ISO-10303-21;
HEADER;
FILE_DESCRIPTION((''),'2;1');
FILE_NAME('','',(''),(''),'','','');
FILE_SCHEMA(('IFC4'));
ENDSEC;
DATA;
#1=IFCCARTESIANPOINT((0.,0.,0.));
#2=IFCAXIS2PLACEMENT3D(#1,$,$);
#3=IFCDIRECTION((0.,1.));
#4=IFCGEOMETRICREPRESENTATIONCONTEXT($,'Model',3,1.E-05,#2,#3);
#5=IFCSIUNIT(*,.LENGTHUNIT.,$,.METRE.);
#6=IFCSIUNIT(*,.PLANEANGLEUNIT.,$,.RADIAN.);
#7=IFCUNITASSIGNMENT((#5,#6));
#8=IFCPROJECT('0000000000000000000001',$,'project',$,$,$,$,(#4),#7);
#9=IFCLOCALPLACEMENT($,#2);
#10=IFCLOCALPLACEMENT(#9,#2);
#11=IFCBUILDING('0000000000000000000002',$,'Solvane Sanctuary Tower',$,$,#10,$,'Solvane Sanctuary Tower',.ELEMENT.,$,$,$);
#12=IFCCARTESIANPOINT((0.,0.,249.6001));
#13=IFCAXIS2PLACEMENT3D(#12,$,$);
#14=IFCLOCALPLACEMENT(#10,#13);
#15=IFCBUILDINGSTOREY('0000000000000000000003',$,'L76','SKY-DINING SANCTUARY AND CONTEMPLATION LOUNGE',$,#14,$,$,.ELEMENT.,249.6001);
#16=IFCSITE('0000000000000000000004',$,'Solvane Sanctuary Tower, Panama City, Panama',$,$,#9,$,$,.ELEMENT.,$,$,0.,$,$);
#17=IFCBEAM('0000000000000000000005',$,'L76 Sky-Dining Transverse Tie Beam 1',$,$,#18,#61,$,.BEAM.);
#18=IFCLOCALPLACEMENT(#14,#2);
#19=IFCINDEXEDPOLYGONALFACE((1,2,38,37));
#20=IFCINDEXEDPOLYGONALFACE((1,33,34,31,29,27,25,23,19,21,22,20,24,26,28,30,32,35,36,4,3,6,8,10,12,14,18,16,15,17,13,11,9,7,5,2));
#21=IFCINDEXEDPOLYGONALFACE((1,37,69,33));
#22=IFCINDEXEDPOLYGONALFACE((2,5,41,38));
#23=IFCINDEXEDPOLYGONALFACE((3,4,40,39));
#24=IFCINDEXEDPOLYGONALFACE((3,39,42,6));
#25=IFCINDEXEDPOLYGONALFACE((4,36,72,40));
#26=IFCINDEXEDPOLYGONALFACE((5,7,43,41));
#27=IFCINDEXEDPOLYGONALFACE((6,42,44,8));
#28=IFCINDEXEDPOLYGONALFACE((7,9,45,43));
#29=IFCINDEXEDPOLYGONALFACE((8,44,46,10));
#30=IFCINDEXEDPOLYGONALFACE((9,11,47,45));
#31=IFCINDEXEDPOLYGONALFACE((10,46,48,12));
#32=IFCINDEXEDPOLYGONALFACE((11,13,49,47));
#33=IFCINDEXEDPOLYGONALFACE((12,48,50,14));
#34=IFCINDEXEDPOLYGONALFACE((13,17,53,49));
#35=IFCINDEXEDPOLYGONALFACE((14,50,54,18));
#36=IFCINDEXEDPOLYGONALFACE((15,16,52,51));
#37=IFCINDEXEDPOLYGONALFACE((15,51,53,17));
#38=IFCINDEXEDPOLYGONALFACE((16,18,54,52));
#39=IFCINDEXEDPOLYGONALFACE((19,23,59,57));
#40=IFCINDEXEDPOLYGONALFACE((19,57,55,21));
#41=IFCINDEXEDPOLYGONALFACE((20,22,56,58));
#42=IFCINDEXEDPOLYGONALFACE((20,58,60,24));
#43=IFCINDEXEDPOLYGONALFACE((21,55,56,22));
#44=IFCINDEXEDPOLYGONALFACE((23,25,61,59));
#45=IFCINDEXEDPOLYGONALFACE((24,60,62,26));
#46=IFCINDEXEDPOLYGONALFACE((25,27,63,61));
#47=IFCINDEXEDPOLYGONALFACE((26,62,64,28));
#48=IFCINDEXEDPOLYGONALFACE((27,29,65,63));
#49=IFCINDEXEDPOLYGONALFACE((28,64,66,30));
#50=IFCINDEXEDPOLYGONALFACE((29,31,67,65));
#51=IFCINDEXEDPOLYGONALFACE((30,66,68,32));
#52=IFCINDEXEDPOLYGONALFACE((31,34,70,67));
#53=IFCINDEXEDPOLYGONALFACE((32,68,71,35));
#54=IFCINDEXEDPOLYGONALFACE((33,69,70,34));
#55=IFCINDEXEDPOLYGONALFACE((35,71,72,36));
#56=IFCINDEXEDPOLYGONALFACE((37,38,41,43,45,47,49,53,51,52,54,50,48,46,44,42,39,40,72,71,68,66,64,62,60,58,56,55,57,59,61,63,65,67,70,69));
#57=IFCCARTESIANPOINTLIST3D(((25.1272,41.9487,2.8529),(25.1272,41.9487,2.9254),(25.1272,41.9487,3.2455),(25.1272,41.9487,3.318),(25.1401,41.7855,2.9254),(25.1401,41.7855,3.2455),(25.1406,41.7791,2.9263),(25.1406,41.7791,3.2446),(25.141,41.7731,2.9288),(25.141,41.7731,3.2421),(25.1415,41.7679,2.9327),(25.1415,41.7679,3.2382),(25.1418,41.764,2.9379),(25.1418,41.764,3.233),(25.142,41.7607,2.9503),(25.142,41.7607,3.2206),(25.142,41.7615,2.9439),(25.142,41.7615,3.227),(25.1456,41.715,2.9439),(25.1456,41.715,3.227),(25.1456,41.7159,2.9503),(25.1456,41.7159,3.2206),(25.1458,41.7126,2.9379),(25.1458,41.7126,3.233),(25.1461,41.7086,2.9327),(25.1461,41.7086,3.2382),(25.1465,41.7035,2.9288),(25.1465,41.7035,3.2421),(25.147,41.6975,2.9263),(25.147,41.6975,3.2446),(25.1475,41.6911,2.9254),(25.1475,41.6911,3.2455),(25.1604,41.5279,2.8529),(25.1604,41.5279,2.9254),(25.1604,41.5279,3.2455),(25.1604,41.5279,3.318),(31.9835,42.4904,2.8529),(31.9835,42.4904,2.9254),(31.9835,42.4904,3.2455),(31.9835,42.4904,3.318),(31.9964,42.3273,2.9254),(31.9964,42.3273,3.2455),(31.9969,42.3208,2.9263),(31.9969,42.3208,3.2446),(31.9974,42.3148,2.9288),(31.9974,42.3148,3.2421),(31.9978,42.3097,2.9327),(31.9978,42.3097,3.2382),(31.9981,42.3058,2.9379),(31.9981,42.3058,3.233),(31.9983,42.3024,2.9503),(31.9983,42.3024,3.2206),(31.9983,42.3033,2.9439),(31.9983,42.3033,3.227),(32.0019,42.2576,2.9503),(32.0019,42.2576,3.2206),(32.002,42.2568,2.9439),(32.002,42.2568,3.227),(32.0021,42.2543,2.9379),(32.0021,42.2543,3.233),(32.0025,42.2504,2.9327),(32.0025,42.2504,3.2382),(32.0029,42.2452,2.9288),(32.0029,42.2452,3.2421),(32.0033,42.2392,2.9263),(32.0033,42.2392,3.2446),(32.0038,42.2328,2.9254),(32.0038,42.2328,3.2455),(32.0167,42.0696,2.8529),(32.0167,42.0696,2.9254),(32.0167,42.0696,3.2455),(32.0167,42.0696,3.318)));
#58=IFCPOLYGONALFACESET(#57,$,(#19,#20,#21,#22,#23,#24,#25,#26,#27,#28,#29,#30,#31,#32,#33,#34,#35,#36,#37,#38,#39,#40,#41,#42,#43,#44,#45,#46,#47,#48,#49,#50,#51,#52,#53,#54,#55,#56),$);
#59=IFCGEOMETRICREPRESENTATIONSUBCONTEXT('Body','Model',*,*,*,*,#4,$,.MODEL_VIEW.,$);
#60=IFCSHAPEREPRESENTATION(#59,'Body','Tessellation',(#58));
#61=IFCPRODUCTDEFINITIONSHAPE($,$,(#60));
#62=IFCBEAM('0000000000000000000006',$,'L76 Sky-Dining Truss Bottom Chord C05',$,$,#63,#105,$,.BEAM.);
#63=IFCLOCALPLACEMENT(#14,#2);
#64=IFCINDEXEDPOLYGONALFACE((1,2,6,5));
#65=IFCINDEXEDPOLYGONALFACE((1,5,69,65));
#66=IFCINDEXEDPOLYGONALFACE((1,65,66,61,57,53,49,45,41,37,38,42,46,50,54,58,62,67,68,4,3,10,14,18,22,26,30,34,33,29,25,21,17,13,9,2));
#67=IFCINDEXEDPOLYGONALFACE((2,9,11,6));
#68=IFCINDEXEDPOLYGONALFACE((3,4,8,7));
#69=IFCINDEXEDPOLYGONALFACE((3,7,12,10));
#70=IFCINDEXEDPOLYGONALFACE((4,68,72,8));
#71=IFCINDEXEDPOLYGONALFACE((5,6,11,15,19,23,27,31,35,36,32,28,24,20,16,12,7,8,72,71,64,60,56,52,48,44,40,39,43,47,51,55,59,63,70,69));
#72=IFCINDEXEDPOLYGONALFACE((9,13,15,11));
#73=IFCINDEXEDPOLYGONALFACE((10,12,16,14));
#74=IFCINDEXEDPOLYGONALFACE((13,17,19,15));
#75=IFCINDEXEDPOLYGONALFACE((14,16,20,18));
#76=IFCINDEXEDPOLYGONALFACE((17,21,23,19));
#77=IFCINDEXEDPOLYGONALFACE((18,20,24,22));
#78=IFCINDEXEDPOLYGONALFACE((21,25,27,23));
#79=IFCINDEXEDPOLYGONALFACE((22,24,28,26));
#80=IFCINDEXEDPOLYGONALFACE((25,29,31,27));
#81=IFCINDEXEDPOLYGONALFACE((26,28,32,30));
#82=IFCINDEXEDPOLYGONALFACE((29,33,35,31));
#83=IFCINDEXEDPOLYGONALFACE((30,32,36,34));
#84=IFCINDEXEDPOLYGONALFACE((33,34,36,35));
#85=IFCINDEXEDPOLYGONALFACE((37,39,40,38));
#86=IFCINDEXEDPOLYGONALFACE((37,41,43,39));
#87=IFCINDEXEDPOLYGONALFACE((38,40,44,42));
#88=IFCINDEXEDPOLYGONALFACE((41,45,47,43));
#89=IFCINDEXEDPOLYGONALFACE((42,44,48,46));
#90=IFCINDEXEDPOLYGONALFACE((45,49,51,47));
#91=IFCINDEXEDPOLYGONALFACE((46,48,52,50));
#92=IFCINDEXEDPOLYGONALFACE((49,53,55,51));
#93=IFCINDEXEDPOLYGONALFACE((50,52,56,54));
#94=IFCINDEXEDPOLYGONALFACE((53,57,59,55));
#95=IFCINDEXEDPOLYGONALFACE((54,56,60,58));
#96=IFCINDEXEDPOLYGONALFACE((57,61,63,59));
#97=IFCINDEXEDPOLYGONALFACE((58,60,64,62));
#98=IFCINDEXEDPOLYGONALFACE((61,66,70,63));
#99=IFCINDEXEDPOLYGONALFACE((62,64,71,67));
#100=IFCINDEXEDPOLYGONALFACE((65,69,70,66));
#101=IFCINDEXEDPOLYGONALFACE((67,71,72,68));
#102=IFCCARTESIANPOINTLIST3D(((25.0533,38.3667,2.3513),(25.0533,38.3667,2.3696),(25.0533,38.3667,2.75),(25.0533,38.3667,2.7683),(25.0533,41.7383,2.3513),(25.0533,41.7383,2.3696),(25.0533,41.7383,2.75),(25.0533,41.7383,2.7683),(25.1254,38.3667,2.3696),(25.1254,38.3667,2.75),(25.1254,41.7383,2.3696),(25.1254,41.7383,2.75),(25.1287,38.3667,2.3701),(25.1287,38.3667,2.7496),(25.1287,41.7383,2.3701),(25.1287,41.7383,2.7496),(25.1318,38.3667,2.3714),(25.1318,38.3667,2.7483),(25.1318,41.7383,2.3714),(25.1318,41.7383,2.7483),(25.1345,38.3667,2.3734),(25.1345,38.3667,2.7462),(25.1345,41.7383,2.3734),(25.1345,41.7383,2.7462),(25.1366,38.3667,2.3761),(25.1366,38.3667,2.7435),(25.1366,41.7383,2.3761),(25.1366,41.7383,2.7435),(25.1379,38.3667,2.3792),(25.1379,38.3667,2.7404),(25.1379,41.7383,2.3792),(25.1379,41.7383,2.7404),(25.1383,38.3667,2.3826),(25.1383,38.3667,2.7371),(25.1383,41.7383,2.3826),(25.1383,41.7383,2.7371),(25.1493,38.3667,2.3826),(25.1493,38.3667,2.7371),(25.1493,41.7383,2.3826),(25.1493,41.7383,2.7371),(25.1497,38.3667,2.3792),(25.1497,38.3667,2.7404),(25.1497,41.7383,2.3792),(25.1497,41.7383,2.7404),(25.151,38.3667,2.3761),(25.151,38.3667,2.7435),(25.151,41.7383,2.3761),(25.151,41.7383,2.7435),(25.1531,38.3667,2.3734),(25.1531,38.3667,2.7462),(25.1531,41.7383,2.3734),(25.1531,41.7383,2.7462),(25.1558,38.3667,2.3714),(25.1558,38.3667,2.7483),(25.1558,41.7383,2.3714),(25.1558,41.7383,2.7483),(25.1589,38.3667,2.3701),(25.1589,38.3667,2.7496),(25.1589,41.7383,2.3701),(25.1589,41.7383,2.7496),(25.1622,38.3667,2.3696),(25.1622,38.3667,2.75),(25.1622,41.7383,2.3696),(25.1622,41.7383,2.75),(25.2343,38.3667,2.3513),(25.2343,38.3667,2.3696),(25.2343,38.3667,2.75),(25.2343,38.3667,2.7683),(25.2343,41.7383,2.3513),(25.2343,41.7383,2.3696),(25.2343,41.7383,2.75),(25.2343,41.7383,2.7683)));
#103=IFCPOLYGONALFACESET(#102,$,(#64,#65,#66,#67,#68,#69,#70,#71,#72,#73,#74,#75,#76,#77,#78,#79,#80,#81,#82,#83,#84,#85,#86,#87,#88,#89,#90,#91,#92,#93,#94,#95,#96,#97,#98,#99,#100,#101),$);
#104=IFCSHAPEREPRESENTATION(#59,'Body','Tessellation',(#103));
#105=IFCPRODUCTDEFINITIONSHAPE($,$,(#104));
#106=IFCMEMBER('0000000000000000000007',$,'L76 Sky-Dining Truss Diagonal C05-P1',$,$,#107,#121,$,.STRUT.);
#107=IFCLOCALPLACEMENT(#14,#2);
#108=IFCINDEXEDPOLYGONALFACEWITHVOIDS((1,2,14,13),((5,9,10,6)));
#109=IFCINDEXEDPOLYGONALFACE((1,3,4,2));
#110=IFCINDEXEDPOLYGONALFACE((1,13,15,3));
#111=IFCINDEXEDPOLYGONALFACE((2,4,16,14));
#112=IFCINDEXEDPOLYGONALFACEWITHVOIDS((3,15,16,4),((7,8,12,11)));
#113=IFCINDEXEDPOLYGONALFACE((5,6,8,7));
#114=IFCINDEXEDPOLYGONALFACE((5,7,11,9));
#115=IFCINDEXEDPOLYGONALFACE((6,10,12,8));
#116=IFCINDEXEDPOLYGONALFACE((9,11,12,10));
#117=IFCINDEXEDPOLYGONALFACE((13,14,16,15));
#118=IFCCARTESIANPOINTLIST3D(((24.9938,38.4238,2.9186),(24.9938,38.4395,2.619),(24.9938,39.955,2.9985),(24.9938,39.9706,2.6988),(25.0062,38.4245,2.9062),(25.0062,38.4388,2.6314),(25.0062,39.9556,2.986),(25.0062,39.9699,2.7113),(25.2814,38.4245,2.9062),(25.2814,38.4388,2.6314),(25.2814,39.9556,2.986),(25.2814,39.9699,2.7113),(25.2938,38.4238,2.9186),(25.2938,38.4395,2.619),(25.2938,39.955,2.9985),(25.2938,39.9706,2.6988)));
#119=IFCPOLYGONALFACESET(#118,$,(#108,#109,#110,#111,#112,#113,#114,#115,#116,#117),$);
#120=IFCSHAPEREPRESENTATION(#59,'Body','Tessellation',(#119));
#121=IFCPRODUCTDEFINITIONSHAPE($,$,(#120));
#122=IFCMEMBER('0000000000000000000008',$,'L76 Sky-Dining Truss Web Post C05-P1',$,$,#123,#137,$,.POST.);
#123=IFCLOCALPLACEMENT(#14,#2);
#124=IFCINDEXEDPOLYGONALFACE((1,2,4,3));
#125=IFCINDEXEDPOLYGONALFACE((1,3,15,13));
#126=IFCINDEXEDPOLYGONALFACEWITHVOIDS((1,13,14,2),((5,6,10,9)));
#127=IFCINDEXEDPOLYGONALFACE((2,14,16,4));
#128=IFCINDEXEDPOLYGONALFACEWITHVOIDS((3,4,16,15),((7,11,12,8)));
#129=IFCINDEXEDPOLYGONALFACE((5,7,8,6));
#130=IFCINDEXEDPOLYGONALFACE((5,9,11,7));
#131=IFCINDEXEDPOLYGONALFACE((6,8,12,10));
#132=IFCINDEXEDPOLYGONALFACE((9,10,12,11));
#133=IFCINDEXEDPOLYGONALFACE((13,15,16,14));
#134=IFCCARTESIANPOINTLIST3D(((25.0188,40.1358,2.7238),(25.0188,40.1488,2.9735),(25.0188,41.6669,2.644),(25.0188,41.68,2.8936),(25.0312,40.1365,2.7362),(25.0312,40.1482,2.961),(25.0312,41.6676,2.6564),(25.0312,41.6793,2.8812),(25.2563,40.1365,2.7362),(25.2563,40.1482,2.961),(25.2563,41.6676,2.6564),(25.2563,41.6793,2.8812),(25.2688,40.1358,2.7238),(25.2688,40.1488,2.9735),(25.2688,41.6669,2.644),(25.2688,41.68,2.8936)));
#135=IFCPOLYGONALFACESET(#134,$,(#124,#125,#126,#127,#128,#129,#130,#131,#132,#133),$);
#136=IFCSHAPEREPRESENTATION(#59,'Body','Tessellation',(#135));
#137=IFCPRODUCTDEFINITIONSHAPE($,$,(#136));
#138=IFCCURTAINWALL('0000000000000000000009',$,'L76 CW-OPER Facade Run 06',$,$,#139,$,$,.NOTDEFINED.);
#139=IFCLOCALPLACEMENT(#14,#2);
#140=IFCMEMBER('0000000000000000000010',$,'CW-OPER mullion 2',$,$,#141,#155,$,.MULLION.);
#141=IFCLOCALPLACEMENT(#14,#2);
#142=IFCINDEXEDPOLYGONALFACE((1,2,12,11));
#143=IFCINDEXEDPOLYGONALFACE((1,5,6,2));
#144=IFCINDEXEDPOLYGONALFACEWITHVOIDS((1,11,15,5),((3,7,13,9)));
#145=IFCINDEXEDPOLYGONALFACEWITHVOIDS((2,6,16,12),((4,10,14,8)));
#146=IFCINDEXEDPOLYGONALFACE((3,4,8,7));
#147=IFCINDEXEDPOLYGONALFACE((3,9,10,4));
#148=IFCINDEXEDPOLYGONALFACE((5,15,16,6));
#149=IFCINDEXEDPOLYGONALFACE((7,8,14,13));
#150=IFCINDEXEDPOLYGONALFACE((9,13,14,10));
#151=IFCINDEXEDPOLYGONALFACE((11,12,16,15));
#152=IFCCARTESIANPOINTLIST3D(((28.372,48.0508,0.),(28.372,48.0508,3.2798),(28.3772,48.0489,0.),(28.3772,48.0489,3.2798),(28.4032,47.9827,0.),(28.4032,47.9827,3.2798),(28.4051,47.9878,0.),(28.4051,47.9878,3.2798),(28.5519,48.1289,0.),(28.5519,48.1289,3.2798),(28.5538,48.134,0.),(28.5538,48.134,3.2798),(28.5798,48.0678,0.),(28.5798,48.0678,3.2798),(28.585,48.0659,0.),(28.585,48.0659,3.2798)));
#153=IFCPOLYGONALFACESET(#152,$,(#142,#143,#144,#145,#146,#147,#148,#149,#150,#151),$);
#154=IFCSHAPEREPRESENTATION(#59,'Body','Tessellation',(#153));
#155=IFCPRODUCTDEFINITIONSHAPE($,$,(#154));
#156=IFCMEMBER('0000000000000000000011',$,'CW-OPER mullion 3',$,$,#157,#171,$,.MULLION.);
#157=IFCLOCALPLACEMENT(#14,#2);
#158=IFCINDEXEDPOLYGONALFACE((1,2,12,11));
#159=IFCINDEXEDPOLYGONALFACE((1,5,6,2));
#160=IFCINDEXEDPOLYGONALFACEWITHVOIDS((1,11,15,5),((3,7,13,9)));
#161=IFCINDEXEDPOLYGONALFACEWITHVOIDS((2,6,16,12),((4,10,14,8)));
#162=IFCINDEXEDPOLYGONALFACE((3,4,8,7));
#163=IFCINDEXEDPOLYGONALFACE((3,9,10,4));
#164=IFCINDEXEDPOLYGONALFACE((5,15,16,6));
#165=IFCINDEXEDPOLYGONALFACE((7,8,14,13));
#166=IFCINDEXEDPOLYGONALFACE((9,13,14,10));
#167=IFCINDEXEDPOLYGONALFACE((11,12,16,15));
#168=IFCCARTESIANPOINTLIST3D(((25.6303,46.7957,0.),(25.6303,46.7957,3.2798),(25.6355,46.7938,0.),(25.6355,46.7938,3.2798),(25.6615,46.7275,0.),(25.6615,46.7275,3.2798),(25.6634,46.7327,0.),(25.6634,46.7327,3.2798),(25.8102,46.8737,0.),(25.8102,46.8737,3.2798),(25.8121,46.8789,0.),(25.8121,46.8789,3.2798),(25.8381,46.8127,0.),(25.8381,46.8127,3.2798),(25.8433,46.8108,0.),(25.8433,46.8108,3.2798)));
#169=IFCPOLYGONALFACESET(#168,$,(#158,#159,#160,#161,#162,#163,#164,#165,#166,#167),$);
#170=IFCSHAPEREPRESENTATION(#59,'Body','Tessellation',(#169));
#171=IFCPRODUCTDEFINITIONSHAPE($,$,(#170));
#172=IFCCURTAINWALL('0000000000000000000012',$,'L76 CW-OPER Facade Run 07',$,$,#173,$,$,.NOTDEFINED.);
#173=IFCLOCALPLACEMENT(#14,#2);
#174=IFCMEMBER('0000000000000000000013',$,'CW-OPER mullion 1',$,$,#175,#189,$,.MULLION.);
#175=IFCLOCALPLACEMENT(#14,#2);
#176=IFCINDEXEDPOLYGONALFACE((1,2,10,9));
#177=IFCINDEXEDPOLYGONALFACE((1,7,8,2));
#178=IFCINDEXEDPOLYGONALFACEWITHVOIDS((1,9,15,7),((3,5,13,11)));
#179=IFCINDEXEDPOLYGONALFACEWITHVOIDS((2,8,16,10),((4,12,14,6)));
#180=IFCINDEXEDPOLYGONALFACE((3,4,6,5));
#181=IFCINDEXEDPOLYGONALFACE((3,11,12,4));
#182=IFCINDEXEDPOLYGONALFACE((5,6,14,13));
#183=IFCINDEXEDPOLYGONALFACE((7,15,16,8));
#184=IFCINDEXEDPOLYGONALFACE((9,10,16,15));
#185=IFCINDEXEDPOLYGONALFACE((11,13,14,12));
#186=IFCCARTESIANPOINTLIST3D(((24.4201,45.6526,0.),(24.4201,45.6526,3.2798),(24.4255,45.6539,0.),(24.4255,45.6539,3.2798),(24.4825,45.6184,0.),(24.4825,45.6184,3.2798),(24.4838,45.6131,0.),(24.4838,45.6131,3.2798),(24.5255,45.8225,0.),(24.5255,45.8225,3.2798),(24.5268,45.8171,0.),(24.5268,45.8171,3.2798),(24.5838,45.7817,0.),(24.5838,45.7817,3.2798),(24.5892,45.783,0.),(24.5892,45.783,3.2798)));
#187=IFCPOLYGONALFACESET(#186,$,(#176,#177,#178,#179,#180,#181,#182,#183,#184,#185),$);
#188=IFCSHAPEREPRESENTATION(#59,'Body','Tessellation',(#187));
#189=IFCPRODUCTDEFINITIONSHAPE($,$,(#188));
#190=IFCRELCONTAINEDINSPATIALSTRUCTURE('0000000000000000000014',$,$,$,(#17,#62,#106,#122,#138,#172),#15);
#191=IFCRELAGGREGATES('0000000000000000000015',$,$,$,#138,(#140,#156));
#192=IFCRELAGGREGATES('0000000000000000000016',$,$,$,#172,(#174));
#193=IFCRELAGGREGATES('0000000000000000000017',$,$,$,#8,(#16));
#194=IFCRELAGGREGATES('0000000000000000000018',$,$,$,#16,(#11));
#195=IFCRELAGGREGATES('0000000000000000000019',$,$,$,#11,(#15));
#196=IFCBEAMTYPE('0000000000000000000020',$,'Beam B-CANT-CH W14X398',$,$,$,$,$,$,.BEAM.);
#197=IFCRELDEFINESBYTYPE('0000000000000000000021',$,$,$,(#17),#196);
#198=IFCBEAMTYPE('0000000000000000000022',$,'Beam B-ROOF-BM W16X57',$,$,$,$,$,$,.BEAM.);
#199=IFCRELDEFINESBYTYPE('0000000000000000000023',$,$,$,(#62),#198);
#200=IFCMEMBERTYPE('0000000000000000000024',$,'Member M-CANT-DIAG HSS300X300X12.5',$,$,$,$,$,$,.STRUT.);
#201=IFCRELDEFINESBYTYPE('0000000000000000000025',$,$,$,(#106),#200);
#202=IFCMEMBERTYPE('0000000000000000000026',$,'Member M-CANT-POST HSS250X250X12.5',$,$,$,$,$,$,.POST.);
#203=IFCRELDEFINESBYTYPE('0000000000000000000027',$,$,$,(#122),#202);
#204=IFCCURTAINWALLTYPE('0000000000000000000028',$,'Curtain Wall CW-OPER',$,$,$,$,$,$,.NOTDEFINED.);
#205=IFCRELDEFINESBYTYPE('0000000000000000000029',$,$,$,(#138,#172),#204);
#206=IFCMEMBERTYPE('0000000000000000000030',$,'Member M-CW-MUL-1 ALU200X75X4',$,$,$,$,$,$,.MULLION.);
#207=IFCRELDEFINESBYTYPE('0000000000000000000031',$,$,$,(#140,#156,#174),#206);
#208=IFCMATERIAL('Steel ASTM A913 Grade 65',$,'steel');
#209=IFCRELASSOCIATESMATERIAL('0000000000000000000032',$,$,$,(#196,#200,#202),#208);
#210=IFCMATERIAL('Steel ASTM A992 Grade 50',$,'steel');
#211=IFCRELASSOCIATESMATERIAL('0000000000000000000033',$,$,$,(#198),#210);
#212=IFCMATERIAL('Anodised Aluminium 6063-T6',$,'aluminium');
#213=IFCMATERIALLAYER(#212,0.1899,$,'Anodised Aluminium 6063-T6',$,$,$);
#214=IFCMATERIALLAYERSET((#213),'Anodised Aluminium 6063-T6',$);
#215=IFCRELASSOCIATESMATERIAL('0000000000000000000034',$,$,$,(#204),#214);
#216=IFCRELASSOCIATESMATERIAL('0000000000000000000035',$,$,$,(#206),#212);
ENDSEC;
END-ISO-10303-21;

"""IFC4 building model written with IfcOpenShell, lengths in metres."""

from ifc_helpers import new_model, si_unit, direction, frame, origin, origin_2d, place, context, subcontext, project, spatial, hollow_rectangle, i_section, extrude, material, layer, layer_set, material_profile, profile_set, type_object, element, aggregate, save


model = new_model("IFC4")

# Units and contexts
model_context = context("Model", 3, precision=1e-05, world=origin(), true_north=direction((0.0, 1.0)))
body_context = subcontext(model_context, "Body", "Model", "MODEL_VIEW")
ifc_project = project(units=[si_unit("LENGTHUNIT", "METRE"), si_unit("PLANEANGLEUNIT", "RADIAN")], contexts=[model_context])

# Site, building, storey
site_placement = place(None, origin())
site = spatial("IfcSite", under=ifc_project, at=site_placement, Name="Solvane Sanctuary Tower, Panama City, Panama", CompositionType="ELEMENT", RefElevation=0.0)
building_placement = place(site_placement, origin())
building = spatial("IfcBuilding", under=site, at=building_placement, Name="Solvane Sanctuary Tower", LongName="Solvane Sanctuary Tower", CompositionType="ELEMENT")
storey_placement = place(building_placement, frame((0.0, 0.0, 249.6001)))
storey = spatial("IfcBuildingStorey", under=building, at=storey_placement, Name="L76", Description="SKY-DINING SANCTUARY AND CONTEMPLATION LOUNGE", CompositionType="ELEMENT", Elevation=249.6001)

# Beams
ifc_material_1 = material(Name="Steel ASTM A913 Grade 65", Category="steel")
ifc_material_profile_1 = material_profile(ifc_material_1, i_section(OverallWidth=0.4221, OverallDepth=0.4651, WebThickness=0.0449, FlangeThickness=0.0725, FilletRadius=0.0249, at=origin_2d()), Name="W14X398")
ifc_profile_set_1 = profile_set([ifc_material_profile_1], Name="Steel ASTM A913 Grade 65")
beam_type_1 = type_object("IfcBeamType", Name="Beam B-CANT-CH W14X398", PredefinedType="BEAM", material=ifc_profile_set_1)
beam_1_placement = place(storey_placement, frame((25.1438, 41.7383, 3.0854), z_axis=(0.996893, 0.07877, 0.0), x_axis=(-0.07877, 0.996893, 0.0)))
element("IfcBeam", 1, at=beam_1_placement, inside=storey, type_object=beam_type_1, Name="L76 Sky-Dining Transverse Tie Beam 1", PredefinedType="BEAM", context=body_context, shape_type="SweptSolid", body=[
    extrude(i_section(OverallWidth=0.4221, OverallDepth=0.4651, WebThickness=0.0449, FlangeThickness=0.0725, FilletRadius=0.0249, at=origin_2d()), origin(), (0.0, 0.0, 1.0), 6.8777),
])
ifc_material_2 = material(Name="Steel ASTM A992 Grade 50", Category="steel")
ifc_material_profile_2 = material_profile(ifc_material_2, i_section(OverallWidth=0.1809, OverallDepth=0.417, WebThickness=0.011, FlangeThickness=0.0183, FilletRadius=0.0129, at=origin_2d()), Name="W16X57")
ifc_profile_set_2 = profile_set([ifc_material_profile_2], Name="Steel ASTM A992 Grade 50")
beam_type_2 = type_object("IfcBeamType", Name="Beam B-ROOF-BM W16X57", PredefinedType="BEAM", material=ifc_profile_set_2)
beam_2_placement = place(storey_placement, frame((25.1438, 38.3667, 2.5598), z_axis=(0.0, 1.0, 0.0), x_axis=(-1.0, 0.0, 0.0)))
element("IfcBeam", 2, at=beam_2_placement, inside=storey, type_object=beam_type_2, Name="L76 Sky-Dining Truss Bottom Chord C05", PredefinedType="BEAM", context=body_context, shape_type="SweptSolid", body=[
    extrude(i_section(OverallWidth=0.1809, OverallDepth=0.417, WebThickness=0.011, FlangeThickness=0.0183, FilletRadius=0.0129, at=origin_2d()), origin(), (0.0, 0.0, 1.0), 3.3716),
])

# Members
ifc_material_profile_3 = material_profile(ifc_material_1, hollow_rectangle(XDim=0.3, YDim=0.3, WallThickness=0.0125, at=origin_2d()), Name="HSS300X300X12.5")
ifc_profile_set_3 = profile_set([ifc_material_profile_3], Name="Steel ASTM A913 Grade 65")
member_type_1 = type_object("IfcMemberType", Name="Member M-CANT-DIAG HSS300X300X12.5", PredefinedType="STRUT", material=ifc_profile_set_3)
member_1_placement = place(storey_placement, frame((25.1438, 38.4316, 2.7688), z_axis=(0.0, 0.998643, 0.052074), x_axis=(-1.0, 0.0, 0.0)))
element("IfcMember", 3, at=member_1_placement, inside=storey, type_object=member_type_1, Name="L76 Sky-Dining Truss Diagonal C05-P1", PredefinedType="STRUT", context=body_context, shape_type="SweptSolid", body=[
    extrude(hollow_rectangle(XDim=0.3, YDim=0.3, WallThickness=0.0125, at=origin_2d()), origin(), (0.0, 0.0, 1.0), 1.5332),
])
ifc_material_profile_4 = material_profile(ifc_material_1, hollow_rectangle(XDim=0.25, YDim=0.25, WallThickness=0.0125, at=origin_2d()), Name="HSS250X250X12.5")
ifc_profile_set_4 = profile_set([ifc_material_profile_4], Name="Steel ASTM A913 Grade 65")
member_type_2 = type_object("IfcMemberType", Name="Member M-CANT-POST HSS250X250X12.5", PredefinedType="POST", material=ifc_profile_set_4)
member_2_placement = place(storey_placement, frame((25.1438, 40.1423, 2.8486), z_axis=(0.0, 0.998643, -0.052074), x_axis=(-1.0, 0.0, 0.0)))
element("IfcMember", 4, at=member_2_placement, inside=storey, type_object=member_type_2, Name="L76 Sky-Dining Truss Web Post C05-P1", PredefinedType="POST", context=body_context, shape_type="SweptSolid", body=[
    extrude(hollow_rectangle(XDim=0.25, YDim=0.25, WallThickness=0.0125, at=origin_2d()), origin(), (0.0, 0.0, 1.0), 1.5332),
])

# Curtain walls, members
ifc_material_3 = material(Name="Anodised Aluminium 6063-T6", Category="aluminium")
ifc_layer_1 = layer(ifc_material_3, 0.1899, Name="Anodised Aluminium 6063-T6")
ifc_layer_set_1 = layer_set([ifc_layer_1], Name="Anodised Aluminium 6063-T6")
curtain_wall_type = type_object("IfcCurtainWallType", Name="Curtain Wall CW-OPER", PredefinedType="NOTDEFINED", material=ifc_layer_set_1)
curtain_wall_1_placement = place(storey_placement, origin())
curtain_wall_1 = element("IfcCurtainWall", 5, at=curtain_wall_1_placement, inside=storey, type_object=curtain_wall_type, Name="L76 CW-OPER Facade Run 06", PredefinedType="NOTDEFINED")
ifc_material_profile_5 = material_profile(ifc_material_3, hollow_rectangle(XDim=0.075, YDim=0.2, WallThickness=0.0039, at=origin_2d()), Name="ALU200X75X4")
ifc_profile_set_5 = profile_set([ifc_material_profile_5], Name="Anodised Aluminium 6063-T6")
member_type_3 = type_object("IfcMemberType", Name="Member M-CW-MUL-1 ALU200X75X4", PredefinedType="MULLION", material=ifc_profile_set_5)
member_3_placement = place(storey_placement, frame((28.4785, 48.0583, 0.0), z_axis=(0.0, 0.0, 1.0), x_axis=(0.416225, -0.909262, 0.0)))
member_3 = element("IfcMember", 6, at=member_3_placement, type_object=member_type_3, Name="CW-OPER mullion 2", PredefinedType="MULLION", context=body_context, shape_type="SweptSolid", body=[
    extrude(hollow_rectangle(XDim=0.075, YDim=0.2, WallThickness=0.0039, at=origin_2d()), origin(), (0.0, 0.0, 1.0), 3.2798),
])
member_4_placement = place(storey_placement, frame((25.7368, 46.8032, 0.0), z_axis=(0.0, 0.0, 1.0), x_axis=(0.416225, -0.909262, 0.0)))
member_4 = element("IfcMember", 7, at=member_4_placement, type_object=member_type_3, Name="CW-OPER mullion 3", PredefinedType="MULLION", context=body_context, shape_type="SweptSolid", body=[
    extrude(hollow_rectangle(XDim=0.075, YDim=0.2, WallThickness=0.0039, at=origin_2d()), origin(), (0.0, 0.0, 1.0), 3.2798),
])
curtain_wall_2_placement = place(storey_placement, origin())
curtain_wall_2 = element("IfcCurtainWall", 8, at=curtain_wall_2_placement, inside=storey, type_object=curtain_wall_type, Name="L76 CW-OPER Facade Run 07", PredefinedType="NOTDEFINED")
member_5_placement = place(storey_placement, frame((24.5046, 45.7178, 0.0), z_axis=(0.0, 0.0, 1.0), x_axis=(0.849622, -0.527392, 0.0)))
member_5 = element("IfcMember", 9, at=member_5_placement, type_object=member_type_3, Name="CW-OPER mullion 1", PredefinedType="MULLION", context=body_context, shape_type="SweptSolid", body=[
    extrude(hollow_rectangle(XDim=0.075, YDim=0.2, WallThickness=0.0039, at=origin_2d()), origin(), (0.0, 0.0, 1.0), 3.2798),
])

aggregate(curtain_wall_1, [member_3, member_4])
aggregate(curtain_wall_2, [member_5])

save(model, "model.ifc")
